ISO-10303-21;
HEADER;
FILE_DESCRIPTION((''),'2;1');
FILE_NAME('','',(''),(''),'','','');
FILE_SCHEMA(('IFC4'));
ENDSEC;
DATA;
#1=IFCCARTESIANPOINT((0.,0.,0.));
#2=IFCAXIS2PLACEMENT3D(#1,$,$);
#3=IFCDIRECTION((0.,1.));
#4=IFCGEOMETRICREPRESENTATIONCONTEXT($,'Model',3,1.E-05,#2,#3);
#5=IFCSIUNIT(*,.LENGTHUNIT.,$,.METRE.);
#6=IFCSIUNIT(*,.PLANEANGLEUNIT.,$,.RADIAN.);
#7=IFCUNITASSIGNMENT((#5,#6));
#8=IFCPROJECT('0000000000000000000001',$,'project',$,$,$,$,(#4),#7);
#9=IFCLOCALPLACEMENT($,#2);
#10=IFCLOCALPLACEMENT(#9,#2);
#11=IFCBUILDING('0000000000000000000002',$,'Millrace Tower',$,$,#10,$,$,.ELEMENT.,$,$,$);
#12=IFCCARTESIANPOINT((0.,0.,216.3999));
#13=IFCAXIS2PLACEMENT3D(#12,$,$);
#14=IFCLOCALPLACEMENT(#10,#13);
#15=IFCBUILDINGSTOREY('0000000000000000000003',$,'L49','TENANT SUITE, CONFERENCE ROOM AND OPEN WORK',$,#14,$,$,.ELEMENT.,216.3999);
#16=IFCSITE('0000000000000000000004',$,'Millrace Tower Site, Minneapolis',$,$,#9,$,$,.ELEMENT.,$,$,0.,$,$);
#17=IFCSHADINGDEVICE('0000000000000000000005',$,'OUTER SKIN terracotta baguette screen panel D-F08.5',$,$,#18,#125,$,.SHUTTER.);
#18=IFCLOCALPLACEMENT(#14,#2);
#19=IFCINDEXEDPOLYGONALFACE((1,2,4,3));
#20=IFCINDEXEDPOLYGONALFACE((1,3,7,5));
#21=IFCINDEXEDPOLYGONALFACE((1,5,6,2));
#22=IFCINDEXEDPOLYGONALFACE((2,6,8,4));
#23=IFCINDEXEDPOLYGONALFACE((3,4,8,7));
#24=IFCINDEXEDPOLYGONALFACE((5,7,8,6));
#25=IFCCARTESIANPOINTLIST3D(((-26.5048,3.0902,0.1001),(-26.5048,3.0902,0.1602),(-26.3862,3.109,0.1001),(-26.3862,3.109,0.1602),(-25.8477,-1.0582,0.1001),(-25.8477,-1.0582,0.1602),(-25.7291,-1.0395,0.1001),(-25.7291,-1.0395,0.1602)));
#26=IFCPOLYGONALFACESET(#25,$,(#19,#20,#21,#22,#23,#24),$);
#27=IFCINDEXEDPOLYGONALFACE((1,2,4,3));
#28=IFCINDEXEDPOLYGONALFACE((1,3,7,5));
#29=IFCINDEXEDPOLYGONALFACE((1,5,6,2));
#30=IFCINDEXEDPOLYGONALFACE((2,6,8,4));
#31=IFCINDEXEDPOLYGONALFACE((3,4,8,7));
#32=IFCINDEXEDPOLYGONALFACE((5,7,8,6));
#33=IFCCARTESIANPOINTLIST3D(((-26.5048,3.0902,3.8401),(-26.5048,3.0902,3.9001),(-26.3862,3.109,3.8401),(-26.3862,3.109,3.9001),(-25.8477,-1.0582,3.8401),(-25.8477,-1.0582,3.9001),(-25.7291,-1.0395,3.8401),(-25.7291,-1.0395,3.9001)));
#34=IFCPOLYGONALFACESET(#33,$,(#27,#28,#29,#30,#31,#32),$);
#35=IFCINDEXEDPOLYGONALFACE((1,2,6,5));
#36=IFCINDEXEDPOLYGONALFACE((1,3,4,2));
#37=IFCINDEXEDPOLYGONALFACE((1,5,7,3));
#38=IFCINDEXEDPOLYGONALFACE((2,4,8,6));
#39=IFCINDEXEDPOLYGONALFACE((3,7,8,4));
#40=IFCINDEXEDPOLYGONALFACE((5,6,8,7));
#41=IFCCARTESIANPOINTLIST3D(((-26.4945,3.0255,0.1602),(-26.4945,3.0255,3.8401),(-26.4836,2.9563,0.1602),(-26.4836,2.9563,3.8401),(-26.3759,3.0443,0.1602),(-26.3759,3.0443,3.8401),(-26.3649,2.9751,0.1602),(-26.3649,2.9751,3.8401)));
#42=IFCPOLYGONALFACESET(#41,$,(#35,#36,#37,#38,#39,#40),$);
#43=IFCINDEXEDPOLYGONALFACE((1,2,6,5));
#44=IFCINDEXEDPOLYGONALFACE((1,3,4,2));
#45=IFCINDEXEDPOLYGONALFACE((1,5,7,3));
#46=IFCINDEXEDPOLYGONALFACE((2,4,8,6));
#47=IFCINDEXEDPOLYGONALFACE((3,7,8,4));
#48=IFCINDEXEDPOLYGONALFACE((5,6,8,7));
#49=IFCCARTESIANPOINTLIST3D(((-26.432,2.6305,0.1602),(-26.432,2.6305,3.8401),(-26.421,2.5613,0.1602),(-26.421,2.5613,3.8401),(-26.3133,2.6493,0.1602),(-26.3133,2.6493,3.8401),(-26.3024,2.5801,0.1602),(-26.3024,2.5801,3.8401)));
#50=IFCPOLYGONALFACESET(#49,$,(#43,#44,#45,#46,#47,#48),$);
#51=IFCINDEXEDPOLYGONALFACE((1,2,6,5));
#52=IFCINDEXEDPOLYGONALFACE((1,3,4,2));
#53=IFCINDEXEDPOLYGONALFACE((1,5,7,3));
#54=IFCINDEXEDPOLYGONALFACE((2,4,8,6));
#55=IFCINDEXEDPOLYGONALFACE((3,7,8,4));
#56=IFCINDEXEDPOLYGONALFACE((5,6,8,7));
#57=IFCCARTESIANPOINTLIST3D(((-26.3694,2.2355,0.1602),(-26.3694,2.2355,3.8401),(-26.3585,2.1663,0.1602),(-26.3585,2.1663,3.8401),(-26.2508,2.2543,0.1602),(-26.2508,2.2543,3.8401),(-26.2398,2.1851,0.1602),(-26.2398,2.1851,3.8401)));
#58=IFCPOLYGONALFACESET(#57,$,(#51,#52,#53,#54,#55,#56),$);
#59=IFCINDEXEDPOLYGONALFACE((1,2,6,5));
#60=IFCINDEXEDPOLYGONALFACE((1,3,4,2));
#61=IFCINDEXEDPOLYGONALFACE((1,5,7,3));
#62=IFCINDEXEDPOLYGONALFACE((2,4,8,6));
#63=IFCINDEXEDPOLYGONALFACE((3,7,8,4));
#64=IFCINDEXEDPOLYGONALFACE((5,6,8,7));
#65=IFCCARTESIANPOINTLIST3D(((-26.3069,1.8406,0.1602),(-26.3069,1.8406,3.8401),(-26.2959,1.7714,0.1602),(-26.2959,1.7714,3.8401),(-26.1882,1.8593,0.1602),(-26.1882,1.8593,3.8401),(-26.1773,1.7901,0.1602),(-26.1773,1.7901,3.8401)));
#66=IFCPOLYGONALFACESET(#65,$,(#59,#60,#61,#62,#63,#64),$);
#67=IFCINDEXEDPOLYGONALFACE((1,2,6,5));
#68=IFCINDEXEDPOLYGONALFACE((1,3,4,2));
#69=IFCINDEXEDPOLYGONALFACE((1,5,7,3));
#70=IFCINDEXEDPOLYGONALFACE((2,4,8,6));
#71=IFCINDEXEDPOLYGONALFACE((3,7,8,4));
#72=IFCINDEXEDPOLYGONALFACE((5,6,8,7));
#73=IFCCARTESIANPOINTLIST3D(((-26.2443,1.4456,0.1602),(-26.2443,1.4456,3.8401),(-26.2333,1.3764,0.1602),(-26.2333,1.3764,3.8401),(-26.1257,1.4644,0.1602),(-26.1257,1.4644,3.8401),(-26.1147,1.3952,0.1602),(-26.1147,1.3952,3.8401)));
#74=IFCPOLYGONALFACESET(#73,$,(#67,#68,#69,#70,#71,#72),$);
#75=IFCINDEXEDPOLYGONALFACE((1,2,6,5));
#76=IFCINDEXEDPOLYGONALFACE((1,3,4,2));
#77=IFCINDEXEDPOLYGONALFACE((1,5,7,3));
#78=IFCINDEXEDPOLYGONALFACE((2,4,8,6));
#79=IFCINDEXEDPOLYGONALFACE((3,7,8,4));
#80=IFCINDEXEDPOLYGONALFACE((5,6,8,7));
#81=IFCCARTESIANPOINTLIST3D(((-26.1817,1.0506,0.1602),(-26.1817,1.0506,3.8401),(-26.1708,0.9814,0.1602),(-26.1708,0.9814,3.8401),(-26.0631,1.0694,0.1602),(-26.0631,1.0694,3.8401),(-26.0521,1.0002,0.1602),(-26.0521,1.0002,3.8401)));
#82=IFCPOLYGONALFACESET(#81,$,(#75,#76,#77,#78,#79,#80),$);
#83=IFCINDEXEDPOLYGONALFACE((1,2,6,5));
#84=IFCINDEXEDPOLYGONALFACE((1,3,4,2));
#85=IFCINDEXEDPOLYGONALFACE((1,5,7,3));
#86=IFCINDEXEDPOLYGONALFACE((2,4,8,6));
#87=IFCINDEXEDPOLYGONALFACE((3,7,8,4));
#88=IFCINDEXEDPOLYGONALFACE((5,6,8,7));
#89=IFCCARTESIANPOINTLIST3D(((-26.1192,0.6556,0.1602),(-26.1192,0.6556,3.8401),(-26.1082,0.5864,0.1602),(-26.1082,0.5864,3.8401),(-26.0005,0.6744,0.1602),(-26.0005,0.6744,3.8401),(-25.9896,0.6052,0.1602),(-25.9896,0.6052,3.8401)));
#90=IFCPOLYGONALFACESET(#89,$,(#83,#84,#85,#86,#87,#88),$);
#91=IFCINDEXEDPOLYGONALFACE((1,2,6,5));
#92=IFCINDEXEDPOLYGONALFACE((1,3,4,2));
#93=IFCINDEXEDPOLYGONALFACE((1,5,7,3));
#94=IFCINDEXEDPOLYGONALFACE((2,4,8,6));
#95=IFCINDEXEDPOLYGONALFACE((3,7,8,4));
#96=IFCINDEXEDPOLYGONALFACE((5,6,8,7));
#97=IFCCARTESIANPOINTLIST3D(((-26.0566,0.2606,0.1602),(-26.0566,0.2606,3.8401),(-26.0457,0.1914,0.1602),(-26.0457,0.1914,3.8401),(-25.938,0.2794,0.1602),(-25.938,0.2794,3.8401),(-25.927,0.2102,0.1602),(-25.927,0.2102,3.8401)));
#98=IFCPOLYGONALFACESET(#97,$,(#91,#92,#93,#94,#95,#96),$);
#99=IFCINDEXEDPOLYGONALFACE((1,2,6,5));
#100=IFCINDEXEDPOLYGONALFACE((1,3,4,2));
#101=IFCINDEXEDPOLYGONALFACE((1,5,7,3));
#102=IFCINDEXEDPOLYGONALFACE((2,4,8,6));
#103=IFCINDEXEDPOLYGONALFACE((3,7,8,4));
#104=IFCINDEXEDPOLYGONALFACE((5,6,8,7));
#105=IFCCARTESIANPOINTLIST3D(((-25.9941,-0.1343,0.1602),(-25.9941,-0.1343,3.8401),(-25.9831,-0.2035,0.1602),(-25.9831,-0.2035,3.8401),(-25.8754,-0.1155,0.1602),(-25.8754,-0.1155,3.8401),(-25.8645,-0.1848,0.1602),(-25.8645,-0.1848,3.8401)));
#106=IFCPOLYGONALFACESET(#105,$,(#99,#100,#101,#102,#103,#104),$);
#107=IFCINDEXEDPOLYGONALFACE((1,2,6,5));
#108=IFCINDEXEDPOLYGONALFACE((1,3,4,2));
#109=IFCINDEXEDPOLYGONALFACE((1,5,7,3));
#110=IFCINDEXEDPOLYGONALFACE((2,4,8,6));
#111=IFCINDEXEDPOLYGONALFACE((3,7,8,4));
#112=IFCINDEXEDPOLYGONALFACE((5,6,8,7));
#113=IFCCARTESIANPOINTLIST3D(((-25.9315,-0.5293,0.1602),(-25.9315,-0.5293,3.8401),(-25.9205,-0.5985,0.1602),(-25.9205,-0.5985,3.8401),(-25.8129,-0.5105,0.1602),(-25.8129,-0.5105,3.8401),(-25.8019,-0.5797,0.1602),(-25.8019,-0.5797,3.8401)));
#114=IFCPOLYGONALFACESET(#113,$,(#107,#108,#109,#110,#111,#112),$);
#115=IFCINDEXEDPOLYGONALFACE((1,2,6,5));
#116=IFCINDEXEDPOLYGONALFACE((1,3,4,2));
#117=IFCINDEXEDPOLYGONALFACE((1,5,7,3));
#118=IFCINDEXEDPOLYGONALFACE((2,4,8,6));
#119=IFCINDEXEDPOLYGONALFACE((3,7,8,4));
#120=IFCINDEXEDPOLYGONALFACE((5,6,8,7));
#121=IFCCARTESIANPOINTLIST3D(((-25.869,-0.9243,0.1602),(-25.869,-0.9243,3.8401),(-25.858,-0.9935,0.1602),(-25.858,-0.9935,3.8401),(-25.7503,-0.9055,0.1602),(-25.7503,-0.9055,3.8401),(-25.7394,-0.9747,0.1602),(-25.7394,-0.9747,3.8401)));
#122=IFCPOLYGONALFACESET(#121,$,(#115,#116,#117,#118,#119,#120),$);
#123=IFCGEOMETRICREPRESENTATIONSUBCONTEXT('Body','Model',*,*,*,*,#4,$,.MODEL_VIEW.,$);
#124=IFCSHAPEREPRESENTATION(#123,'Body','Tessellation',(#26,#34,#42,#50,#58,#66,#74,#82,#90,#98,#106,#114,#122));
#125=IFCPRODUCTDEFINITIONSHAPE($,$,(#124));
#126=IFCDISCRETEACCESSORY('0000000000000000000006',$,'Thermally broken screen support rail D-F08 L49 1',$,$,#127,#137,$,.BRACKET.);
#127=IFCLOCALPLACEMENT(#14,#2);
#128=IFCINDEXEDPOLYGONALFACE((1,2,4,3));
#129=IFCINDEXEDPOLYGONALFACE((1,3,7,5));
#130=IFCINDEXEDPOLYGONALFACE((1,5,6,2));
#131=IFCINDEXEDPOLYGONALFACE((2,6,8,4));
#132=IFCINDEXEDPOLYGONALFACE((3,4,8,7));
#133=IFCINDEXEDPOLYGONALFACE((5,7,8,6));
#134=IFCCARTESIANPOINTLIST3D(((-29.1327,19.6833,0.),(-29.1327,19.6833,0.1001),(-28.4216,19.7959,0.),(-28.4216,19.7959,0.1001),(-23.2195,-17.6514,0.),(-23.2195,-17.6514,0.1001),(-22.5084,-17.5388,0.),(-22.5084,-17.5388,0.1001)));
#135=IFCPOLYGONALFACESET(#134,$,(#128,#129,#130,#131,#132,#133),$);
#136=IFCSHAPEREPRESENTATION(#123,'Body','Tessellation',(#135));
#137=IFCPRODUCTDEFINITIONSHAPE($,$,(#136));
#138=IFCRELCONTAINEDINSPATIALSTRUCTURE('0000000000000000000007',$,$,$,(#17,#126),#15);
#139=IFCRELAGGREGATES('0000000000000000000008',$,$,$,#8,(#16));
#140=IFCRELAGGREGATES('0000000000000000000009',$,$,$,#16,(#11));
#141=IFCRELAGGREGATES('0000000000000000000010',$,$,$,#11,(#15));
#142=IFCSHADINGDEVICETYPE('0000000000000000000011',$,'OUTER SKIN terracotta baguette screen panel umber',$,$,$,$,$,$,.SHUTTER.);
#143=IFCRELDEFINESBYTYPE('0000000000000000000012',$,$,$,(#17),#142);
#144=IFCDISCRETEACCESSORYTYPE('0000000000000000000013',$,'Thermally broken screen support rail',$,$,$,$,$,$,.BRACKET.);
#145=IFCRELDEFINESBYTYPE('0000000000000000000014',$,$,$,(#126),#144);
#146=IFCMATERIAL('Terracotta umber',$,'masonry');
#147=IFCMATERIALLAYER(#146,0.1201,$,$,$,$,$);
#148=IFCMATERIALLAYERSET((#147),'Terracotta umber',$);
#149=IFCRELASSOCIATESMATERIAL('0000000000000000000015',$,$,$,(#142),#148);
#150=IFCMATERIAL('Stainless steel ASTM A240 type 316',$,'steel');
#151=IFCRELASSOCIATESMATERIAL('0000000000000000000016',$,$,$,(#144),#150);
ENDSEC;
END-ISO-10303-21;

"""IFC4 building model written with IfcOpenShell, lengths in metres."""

from ifc_helpers import new_model, entity, si_unit, direction, frame, frame_2d, origin, origin_2d, place, context, subcontext, project, spatial, rectangle, extrude, source, transform, mapped, material, layer, layer_set, type_object, element, save


model = new_model("IFC4")

# Units and contexts
model_context = context("Model", 3, precision=1e-05, world=origin(), true_north=direction((0.0, 1.0)))
body_context = subcontext(model_context, "Body", "Model", "MODEL_VIEW")
ifc_project = project(units=[si_unit("LENGTHUNIT", "METRE"), si_unit("PLANEANGLEUNIT", "RADIAN")], contexts=[model_context])

# Site, building, storey
site_placement = place(None, origin())
site = spatial("IfcSite", under=ifc_project, at=site_placement, Name="Millrace Tower Site, Minneapolis", CompositionType="ELEMENT", RefElevation=0.0)
building_placement = place(site_placement, origin())
building = spatial("IfcBuilding", under=site, at=building_placement, Name="Millrace Tower", CompositionType="ELEMENT")
storey_placement = place(building_placement, frame((0.0, 0.0, 216.3999)))
storey = spatial("IfcBuildingStorey", under=building, at=storey_placement, Name="L49", Description="TENANT SUITE, CONFERENCE ROOM AND OPEN WORK", CompositionType="ELEMENT", Elevation=216.3999)

# Shading device
ifc_material_1 = material(Name="Terracotta umber", Category="masonry")
ifc_layer_1 = layer(ifc_material_1, 0.1201)
ifc_layer_set_1 = layer_set([ifc_layer_1], Name="Terracotta umber")
shading_device_type = type_object("IfcShadingDeviceType", Name="OUTER SKIN terracotta baguette screen panel umber", PredefinedType="SHUTTER", material=ifc_layer_set_1)
cartesian_point = entity("IfcCartesianPoint", [-2.1001, 0.0601])
shared_polyline = entity("IfcPolyline", [cartesian_point, entity("IfcCartesianPoint", [2.1001, 0.0601]), entity("IfcCartesianPoint", [2.1001, -0.0601]), entity("IfcCartesianPoint", [-2.1001, -0.0601]), cartesian_point])
shared_shape = source(origin(), body_context, "Body", "SweptSolid", [
    entity("IfcExtrudedAreaSolid", entity("IfcArbitraryClosedProfileDef", "AREA", None, shared_polyline), entity("IfcAxis2Placement3D", entity("IfcCartesianPoint", [0.0, 0.0, 0.0])), entity("IfcDirection", [0.0, 0.0, 1.0]), 0.0601),
    entity("IfcExtrudedAreaSolid", entity("IfcArbitraryClosedProfileDef", "AREA", None, shared_polyline), entity("IfcAxis2Placement3D", entity("IfcCartesianPoint", [0.0, 0.0, 3.74])), entity("IfcDirection", [0.0, 0.0, 1.0]), 0.0601),
    extrude(rectangle(XDim=0.0701, YDim=0.1201, at=frame_2d((-1.9995, 0.0))), frame((0.0, 0.0, 0.0601)), (0.0, 0.0, 1.0), 3.6799),
    extrude(rectangle(XDim=0.0701, YDim=0.1201, at=frame_2d((-1.5996, 0.0))), frame((0.0, 0.0, 0.0601)), (0.0, 0.0, 1.0), 3.6799),
    extrude(rectangle(XDim=0.0701, YDim=0.1201, at=frame_2d((-1.1997, 0.0))), frame((0.0, 0.0, 0.0601)), (0.0, 0.0, 1.0), 3.6799),
    extrude(rectangle(XDim=0.0701, YDim=0.1201, at=frame_2d((-0.7998, 0.0))), frame((0.0, 0.0, 0.0601)), (0.0, 0.0, 1.0), 3.6799),
    extrude(rectangle(XDim=0.0701, YDim=0.1201, at=frame_2d((-0.3999, 0.0))), frame((0.0, 0.0, 0.0601)), (0.0, 0.0, 1.0), 3.6799),
    extrude(rectangle(XDim=0.0701, YDim=0.1201, at=origin_2d()), frame((0.0, 0.0, 0.0601)), (0.0, 0.0, 1.0), 3.6799),
    extrude(rectangle(XDim=0.0701, YDim=0.1201, at=frame_2d((0.3999, 0.0))), frame((0.0, 0.0, 0.0601)), (0.0, 0.0, 1.0), 3.6799),
    extrude(rectangle(XDim=0.0701, YDim=0.1201, at=frame_2d((0.7998, 0.0))), frame((0.0, 0.0, 0.0601)), (0.0, 0.0, 1.0), 3.6799),
    extrude(rectangle(XDim=0.0701, YDim=0.1201, at=frame_2d((1.1997, 0.0))), frame((0.0, 0.0, 0.0601)), (0.0, 0.0, 1.0), 3.6799),
    extrude(rectangle(XDim=0.0701, YDim=0.1201, at=frame_2d((1.5996, 0.0))), frame((0.0, 0.0, 0.0601)), (0.0, 0.0, 1.0), 3.6799),
    extrude(rectangle(XDim=0.0701, YDim=0.1201, at=frame_2d((1.9995, 0.0))), frame((0.0, 0.0, 0.0601)), (0.0, 0.0, 1.0), 3.6799),
])
for number, where, z_axis, x_axis, name in (
    (1, (-26.1169, 1.0254, 0.1001), (0.0, 0.0, 1.0), (0.156434, -0.987688, 0.0), "OUTER SKIN terracotta baguette screen panel D-F08.5"),
):
    element("IfcShadingDevice", number, at=place(storey_placement, frame(where, z_axis=z_axis, x_axis=x_axis)), inside=storey, type_object=shading_device_type, Name=name, PredefinedType="SHUTTER", context=body_context, shape_type="MappedRepresentation", body=[
        mapped(shared_shape, transform((0.0, 0.0, 0.0), scale=1.0)),
    ])

# Discrete accessory
ifc_material_2 = material(Name="Stainless steel ASTM A240 type 316", Category="steel")
discrete_accessory_type = type_object("IfcDiscreteAccessoryType", Name="Thermally broken screen support rail", PredefinedType="BRACKET", material=ifc_material_2)
discrete_accessory_placement = place(storey_placement, frame((-25.8206, 1.0723, 0.0), z_axis=(0.0, 0.0, 1.0), x_axis=(0.156434, -0.987688, 0.0)))
element("IfcDiscreteAccessory", 2, at=discrete_accessory_placement, inside=storey, type_object=discrete_accessory_type, Name="Thermally broken screen support rail D-F08 L49 1", PredefinedType="BRACKET", context=body_context, shape_type="SweptSolid", body=[
    extrude(rectangle(XDim=37.8, YDim=0.72, at=origin_2d()), origin(), (0.0, 0.0, 1.0), 0.1001),
])

save(model, "model.ifc")
